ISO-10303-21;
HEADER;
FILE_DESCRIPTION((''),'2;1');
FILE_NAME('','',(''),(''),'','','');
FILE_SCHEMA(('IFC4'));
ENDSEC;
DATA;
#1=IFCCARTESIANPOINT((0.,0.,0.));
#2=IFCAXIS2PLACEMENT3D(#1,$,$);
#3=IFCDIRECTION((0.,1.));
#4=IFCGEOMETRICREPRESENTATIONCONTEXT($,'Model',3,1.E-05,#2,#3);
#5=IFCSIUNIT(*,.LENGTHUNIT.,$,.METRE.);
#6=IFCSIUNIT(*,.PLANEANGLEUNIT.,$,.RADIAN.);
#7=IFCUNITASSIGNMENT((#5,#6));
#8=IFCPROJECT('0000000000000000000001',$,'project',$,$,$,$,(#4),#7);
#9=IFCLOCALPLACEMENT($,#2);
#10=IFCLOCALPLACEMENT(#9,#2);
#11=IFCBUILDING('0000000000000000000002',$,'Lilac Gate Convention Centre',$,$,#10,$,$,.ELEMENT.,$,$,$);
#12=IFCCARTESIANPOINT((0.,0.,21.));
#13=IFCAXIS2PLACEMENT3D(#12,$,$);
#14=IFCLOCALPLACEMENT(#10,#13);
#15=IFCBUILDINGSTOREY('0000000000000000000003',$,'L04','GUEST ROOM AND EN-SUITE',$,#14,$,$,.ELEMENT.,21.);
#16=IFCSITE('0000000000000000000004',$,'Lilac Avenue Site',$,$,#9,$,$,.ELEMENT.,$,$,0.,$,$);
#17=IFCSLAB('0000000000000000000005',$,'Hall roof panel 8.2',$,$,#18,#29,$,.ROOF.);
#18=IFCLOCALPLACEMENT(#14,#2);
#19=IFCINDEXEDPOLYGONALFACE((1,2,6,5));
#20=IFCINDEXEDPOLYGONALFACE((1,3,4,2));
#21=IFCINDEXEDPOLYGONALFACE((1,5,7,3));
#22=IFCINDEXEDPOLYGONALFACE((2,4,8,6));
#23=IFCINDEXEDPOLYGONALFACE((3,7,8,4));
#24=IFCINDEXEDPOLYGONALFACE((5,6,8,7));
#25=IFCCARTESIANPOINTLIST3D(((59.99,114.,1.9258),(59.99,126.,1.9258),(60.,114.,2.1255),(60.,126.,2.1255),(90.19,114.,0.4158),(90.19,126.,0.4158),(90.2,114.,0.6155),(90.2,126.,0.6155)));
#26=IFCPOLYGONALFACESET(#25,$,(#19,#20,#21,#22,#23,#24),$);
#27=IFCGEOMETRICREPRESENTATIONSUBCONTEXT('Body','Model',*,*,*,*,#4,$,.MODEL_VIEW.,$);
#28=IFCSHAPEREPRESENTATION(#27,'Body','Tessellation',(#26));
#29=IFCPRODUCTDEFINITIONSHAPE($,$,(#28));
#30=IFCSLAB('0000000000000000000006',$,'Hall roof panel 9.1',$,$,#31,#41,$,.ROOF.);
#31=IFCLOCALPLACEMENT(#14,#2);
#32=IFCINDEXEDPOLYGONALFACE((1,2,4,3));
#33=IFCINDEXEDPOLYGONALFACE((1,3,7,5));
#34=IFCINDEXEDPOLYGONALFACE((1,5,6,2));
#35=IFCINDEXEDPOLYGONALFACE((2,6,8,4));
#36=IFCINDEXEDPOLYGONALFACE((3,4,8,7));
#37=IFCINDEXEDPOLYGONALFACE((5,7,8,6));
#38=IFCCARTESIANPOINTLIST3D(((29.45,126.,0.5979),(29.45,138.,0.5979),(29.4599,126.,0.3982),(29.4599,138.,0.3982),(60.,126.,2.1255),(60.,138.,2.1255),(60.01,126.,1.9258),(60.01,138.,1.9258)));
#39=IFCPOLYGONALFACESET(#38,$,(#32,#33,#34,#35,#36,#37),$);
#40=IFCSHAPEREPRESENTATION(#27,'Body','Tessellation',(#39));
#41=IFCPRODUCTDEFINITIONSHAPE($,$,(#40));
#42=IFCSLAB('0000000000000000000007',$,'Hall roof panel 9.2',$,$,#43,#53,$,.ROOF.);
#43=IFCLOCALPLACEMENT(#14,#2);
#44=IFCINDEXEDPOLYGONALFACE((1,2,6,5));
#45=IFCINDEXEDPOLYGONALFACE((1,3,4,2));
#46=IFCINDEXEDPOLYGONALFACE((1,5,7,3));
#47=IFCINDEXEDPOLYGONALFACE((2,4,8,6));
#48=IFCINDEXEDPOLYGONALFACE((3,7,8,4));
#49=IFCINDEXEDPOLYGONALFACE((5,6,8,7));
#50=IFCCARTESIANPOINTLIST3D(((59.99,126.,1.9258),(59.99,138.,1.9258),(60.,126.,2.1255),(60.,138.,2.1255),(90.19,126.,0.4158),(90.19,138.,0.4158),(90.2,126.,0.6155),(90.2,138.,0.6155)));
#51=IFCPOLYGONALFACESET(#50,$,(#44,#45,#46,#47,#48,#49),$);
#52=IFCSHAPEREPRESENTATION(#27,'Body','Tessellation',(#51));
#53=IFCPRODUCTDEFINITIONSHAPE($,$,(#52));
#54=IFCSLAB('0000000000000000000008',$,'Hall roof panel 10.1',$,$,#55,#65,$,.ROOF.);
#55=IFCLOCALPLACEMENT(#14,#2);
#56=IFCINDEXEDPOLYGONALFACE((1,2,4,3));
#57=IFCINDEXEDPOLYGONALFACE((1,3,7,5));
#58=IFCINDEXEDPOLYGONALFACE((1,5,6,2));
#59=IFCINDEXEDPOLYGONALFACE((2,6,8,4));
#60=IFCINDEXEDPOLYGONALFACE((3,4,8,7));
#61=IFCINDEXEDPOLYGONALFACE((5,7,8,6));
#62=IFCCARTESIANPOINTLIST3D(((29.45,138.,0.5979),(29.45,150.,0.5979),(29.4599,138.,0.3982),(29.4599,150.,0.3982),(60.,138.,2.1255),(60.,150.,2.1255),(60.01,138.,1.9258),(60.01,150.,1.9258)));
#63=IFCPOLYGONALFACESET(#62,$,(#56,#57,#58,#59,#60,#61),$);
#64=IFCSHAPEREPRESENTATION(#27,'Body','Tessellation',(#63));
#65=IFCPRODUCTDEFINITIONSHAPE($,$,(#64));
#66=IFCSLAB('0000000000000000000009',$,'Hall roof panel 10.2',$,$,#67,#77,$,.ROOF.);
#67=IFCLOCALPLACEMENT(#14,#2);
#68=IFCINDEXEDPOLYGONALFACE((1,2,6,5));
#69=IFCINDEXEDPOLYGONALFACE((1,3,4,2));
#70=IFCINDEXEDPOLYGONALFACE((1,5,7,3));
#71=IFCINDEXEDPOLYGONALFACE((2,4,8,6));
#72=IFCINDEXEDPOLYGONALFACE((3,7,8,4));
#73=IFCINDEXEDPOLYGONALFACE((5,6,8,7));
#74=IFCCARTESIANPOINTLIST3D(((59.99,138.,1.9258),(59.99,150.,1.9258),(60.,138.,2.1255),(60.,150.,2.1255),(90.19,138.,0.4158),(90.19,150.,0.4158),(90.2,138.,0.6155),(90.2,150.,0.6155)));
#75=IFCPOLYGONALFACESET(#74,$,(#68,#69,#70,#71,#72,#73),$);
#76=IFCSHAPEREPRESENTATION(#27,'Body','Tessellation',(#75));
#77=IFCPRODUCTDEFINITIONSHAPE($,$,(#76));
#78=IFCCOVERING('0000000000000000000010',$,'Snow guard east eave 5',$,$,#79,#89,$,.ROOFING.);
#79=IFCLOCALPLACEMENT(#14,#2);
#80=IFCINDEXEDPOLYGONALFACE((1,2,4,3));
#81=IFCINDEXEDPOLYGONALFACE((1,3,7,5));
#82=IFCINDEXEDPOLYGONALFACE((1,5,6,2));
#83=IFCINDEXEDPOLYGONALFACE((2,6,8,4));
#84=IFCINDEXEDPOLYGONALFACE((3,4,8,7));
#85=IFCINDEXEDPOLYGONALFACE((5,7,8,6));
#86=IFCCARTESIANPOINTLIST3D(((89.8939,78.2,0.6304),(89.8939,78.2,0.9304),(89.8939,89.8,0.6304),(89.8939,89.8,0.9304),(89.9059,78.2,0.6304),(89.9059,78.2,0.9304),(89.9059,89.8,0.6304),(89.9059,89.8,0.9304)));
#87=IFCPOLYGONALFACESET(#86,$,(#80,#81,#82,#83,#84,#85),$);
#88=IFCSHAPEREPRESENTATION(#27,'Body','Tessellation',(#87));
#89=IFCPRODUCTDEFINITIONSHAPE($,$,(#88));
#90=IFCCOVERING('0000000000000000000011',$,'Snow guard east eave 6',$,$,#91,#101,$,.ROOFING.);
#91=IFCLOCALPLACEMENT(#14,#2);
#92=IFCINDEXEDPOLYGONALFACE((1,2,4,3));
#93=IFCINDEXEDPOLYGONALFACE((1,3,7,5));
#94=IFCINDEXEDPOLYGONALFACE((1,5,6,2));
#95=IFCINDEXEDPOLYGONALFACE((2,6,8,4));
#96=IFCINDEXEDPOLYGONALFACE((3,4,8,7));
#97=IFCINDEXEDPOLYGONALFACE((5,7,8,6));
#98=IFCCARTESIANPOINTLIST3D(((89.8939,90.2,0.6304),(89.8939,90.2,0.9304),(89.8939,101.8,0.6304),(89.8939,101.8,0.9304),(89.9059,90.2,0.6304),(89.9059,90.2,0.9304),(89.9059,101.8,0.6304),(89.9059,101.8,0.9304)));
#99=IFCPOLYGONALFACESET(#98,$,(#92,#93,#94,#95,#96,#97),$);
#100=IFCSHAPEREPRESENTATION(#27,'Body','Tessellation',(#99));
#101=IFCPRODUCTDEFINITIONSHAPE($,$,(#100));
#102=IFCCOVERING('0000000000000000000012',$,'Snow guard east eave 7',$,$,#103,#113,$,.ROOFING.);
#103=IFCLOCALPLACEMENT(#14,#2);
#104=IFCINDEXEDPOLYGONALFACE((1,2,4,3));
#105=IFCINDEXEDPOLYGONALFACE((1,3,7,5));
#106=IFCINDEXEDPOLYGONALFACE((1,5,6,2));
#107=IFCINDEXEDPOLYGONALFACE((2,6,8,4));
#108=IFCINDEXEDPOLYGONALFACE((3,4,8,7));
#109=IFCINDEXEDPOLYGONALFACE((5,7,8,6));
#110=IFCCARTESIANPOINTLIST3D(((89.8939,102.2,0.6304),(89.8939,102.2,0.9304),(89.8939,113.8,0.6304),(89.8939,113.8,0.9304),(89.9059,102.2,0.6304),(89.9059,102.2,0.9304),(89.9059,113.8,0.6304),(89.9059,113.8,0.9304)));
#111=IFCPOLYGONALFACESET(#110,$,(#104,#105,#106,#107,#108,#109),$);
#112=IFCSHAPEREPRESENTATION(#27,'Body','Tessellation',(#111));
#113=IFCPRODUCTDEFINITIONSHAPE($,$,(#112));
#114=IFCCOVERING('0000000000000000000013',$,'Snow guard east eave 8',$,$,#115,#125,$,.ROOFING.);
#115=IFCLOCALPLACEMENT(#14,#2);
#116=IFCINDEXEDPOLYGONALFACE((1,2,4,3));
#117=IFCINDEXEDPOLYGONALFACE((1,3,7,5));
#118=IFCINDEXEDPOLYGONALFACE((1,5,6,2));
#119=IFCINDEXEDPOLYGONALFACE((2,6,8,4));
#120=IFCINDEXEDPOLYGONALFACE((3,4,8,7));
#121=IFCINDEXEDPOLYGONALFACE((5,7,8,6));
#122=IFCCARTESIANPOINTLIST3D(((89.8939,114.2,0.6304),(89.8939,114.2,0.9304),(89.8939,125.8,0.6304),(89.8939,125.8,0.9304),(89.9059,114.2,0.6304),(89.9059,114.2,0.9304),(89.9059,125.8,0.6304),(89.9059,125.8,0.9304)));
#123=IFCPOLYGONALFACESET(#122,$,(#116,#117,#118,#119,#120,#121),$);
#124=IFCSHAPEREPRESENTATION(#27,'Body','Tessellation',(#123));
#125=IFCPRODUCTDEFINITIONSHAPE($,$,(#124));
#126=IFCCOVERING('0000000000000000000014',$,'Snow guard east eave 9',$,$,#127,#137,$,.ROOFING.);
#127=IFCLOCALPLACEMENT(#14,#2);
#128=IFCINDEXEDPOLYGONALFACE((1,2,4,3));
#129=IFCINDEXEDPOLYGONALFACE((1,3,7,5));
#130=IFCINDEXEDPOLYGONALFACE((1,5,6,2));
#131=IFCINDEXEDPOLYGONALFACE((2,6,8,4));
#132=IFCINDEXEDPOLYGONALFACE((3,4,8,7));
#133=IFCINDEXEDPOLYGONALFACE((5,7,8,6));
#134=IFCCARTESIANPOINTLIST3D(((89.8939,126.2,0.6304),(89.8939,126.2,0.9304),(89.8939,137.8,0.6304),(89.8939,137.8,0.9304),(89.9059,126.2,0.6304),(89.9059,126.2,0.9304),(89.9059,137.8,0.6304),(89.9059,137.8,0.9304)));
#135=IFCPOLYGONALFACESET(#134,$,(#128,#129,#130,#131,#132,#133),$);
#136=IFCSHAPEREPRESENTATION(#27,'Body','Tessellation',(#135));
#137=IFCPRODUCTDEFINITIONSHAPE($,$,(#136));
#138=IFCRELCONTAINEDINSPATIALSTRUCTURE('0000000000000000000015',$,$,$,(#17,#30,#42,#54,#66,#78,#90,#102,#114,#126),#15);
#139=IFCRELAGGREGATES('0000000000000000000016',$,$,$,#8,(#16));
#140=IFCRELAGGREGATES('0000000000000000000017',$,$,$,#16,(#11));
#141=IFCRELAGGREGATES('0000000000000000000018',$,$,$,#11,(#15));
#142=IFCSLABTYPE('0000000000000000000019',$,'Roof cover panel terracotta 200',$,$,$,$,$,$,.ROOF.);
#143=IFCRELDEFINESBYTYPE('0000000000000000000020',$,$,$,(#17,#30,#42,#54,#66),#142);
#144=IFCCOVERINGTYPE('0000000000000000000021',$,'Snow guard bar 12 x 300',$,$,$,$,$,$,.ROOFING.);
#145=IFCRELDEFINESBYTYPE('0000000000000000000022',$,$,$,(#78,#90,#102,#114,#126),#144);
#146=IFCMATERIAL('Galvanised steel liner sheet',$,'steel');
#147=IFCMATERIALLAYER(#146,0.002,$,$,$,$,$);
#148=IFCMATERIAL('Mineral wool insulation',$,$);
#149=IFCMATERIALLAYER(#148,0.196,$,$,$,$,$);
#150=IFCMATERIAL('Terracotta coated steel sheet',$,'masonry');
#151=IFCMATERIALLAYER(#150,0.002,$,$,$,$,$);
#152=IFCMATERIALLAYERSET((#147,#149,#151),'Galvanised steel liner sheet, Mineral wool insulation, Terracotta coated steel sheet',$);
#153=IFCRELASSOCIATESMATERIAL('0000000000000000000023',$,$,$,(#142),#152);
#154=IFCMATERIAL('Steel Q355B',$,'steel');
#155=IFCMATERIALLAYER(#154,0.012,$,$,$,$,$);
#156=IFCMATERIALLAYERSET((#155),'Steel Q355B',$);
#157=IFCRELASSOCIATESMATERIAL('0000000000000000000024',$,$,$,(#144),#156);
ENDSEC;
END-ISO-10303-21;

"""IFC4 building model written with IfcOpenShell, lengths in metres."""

from ifc_helpers import new_model, si_unit, direction, frame, origin, origin_2d, place, context, subcontext, project, spatial, polyline, rectangle, outline, extrude, material, layer, layer_set, type_object, element, save


model = new_model("IFC4")

# Units and contexts
model_context = context("Model", 3, precision=1e-05, world=origin(), true_north=direction((0.0, 1.0)))
body_context = subcontext(model_context, "Body", "Model", "MODEL_VIEW")
ifc_project = project(units=[si_unit("LENGTHUNIT", "METRE"), si_unit("PLANEANGLEUNIT", "RADIAN")], contexts=[model_context])

# Site, building, storey
site_placement = place(None, origin())
site = spatial("IfcSite", under=ifc_project, at=site_placement, Name="Lilac Avenue Site", CompositionType="ELEMENT", RefElevation=0.0)
building_placement = place(site_placement, origin())
building = spatial("IfcBuilding", under=site, at=building_placement, Name="Lilac Gate Convention Centre", CompositionType="ELEMENT")
storey_placement = place(building_placement, frame((0.0, 0.0, 21.0)))
storey = spatial("IfcBuildingStorey", under=building, at=storey_placement, Name="L04", Description="GUEST ROOM AND EN-SUITE", CompositionType="ELEMENT", Elevation=21.0)

# Slabs
ifc_material_1 = material(Name="Galvanised steel liner sheet", Category="steel")
ifc_material_2 = material(Name="Mineral wool insulation")
ifc_layer_1 = layer(ifc_material_1, 0.002)
ifc_layer_2 = layer(ifc_material_2, 0.196)
ifc_material_3 = material(Name="Terracotta coated steel sheet", Category="masonry")
ifc_layer_3 = layer(ifc_material_3, 0.002)
ifc_layer_set_1 = layer_set([ifc_layer_1, ifc_layer_2, ifc_layer_3], Name="Galvanised steel liner sheet, Mineral wool insulation, Terracotta coated steel sheet")
slab_type_1 = type_object("IfcSlabType", Name="Roof cover panel terracotta 200", PredefinedType="ROOF", material=ifc_layer_set_1)
slab_1_placement = place(storey_placement, frame((60.0, 114.0, 2.1255), z_axis=(0.049938, 0.0, 0.998752), x_axis=(0.998752, 0.0, -0.049938)))
element("IfcSlab", 1, at=slab_1_placement, inside=storey, type_object=slab_type_1, Name="Hall roof panel 8.2", PredefinedType="ROOF", context=body_context, shape_type="SweptSolid", body=[
    extrude(outline(polyline([(0.0, 0.0), (30.2377, 0.0), (30.2377, 12.0), (0.0, 12.0), (0.0, 0.0)])), origin(), (0.0, 0.0, -1.0), 0.2),
])
slab_2_placement = place(storey_placement, frame((29.45, 126.0, 0.5979), z_axis=(-0.04994, 0.0, 0.998752), x_axis=(0.998752, 0.0, 0.04994)))
element("IfcSlab", 2, at=slab_2_placement, inside=storey, type_object=slab_type_1, Name="Hall roof panel 9.1", PredefinedType="ROOF", context=body_context, shape_type="SweptSolid", body=[
    extrude(outline(polyline([(0.0, 0.0), (30.5882, 0.0), (30.5882, 12.0), (0.0, 12.0), (0.0, 0.0)])), origin(), (0.0, 0.0, -1.0), 0.2),
])
slab_3_placement = place(storey_placement, frame((60.0, 126.0, 2.1255), z_axis=(0.049938, 0.0, 0.998752), x_axis=(0.998752, 0.0, -0.049938)))
element("IfcSlab", 3, at=slab_3_placement, inside=storey, type_object=slab_type_1, Name="Hall roof panel 9.2", PredefinedType="ROOF", context=body_context, shape_type="SweptSolid", body=[
    extrude(outline(polyline([(0.0, 0.0), (30.2377, 0.0), (30.2377, 12.0), (0.0, 12.0), (0.0, 0.0)])), origin(), (0.0, 0.0, -1.0), 0.2),
])
slab_4_placement = place(storey_placement, frame((29.45, 138.0, 0.5979), z_axis=(-0.04994, 0.0, 0.998752), x_axis=(0.998752, 0.0, 0.04994)))
element("IfcSlab", 4, at=slab_4_placement, inside=storey, type_object=slab_type_1, Name="Hall roof panel 10.1", PredefinedType="ROOF", context=body_context, shape_type="SweptSolid", body=[
    extrude(outline(polyline([(0.0, 0.0), (30.5882, 0.0), (30.5882, 12.0), (0.0, 12.0), (0.0, 0.0)])), origin(), (0.0, 0.0, -1.0), 0.2),
])
slab_5_placement = place(storey_placement, frame((60.0, 138.0, 2.1255), z_axis=(0.049938, 0.0, 0.998752), x_axis=(0.998752, 0.0, -0.049938)))
element("IfcSlab", 5, at=slab_5_placement, inside=storey, type_object=slab_type_1, Name="Hall roof panel 10.2", PredefinedType="ROOF", context=body_context, shape_type="SweptSolid", body=[
    extrude(outline(polyline([(0.0, 0.0), (30.2377, 0.0), (30.2377, 12.0), (0.0, 12.0), (0.0, 0.0)])), origin(), (0.0, 0.0, -1.0), 0.2),
])

# Coverings
ifc_material_4 = material(Name="Steel Q355B", Category="steel")
ifc_layer_4 = layer(ifc_material_4, 0.012)
ifc_layer_set_2 = layer_set([ifc_layer_4], Name="Steel Q355B")
covering_type = type_object("IfcCoveringType", Name="Snow guard bar 12 x 300", PredefinedType="ROOFING", material=ifc_layer_set_2)
for number, where, z_axis, x_axis, name in (
    (6, (89.8999, 84.0, 0.6304), (0.0, 0.0, 1.0), (0.0, 1.0, 0.0), "Snow guard east eave 5"),
    (7, (89.8999, 96.0, 0.6304), (0.0, 0.0, 1.0), (0.0, 1.0, 0.0), "Snow guard east eave 6"),
    (8, (89.8999, 108.0, 0.6304), (0.0, 0.0, 1.0), (0.0, 1.0, 0.0), "Snow guard east eave 7"),
    (9, (89.8999, 120.0, 0.6304), (0.0, 0.0, 1.0), (0.0, 1.0, 0.0), "Snow guard east eave 8"),
    (10, (89.8999, 132.0, 0.6304), (0.0, 0.0, 1.0), (0.0, 1.0, 0.0), "Snow guard east eave 9"),
):
    element("IfcCovering", number, at=place(storey_placement, frame(where, z_axis=z_axis, x_axis=x_axis)), inside=storey, type_object=covering_type, Name=name, PredefinedType="ROOFING", context=body_context, shape_type="SweptSolid", body=[
        extrude(rectangle(XDim=11.6001, YDim=0.012, at=origin_2d()), origin(), (0.0, 0.0, 1.0), 0.3),
    ])

save(model, "model.ifc")
